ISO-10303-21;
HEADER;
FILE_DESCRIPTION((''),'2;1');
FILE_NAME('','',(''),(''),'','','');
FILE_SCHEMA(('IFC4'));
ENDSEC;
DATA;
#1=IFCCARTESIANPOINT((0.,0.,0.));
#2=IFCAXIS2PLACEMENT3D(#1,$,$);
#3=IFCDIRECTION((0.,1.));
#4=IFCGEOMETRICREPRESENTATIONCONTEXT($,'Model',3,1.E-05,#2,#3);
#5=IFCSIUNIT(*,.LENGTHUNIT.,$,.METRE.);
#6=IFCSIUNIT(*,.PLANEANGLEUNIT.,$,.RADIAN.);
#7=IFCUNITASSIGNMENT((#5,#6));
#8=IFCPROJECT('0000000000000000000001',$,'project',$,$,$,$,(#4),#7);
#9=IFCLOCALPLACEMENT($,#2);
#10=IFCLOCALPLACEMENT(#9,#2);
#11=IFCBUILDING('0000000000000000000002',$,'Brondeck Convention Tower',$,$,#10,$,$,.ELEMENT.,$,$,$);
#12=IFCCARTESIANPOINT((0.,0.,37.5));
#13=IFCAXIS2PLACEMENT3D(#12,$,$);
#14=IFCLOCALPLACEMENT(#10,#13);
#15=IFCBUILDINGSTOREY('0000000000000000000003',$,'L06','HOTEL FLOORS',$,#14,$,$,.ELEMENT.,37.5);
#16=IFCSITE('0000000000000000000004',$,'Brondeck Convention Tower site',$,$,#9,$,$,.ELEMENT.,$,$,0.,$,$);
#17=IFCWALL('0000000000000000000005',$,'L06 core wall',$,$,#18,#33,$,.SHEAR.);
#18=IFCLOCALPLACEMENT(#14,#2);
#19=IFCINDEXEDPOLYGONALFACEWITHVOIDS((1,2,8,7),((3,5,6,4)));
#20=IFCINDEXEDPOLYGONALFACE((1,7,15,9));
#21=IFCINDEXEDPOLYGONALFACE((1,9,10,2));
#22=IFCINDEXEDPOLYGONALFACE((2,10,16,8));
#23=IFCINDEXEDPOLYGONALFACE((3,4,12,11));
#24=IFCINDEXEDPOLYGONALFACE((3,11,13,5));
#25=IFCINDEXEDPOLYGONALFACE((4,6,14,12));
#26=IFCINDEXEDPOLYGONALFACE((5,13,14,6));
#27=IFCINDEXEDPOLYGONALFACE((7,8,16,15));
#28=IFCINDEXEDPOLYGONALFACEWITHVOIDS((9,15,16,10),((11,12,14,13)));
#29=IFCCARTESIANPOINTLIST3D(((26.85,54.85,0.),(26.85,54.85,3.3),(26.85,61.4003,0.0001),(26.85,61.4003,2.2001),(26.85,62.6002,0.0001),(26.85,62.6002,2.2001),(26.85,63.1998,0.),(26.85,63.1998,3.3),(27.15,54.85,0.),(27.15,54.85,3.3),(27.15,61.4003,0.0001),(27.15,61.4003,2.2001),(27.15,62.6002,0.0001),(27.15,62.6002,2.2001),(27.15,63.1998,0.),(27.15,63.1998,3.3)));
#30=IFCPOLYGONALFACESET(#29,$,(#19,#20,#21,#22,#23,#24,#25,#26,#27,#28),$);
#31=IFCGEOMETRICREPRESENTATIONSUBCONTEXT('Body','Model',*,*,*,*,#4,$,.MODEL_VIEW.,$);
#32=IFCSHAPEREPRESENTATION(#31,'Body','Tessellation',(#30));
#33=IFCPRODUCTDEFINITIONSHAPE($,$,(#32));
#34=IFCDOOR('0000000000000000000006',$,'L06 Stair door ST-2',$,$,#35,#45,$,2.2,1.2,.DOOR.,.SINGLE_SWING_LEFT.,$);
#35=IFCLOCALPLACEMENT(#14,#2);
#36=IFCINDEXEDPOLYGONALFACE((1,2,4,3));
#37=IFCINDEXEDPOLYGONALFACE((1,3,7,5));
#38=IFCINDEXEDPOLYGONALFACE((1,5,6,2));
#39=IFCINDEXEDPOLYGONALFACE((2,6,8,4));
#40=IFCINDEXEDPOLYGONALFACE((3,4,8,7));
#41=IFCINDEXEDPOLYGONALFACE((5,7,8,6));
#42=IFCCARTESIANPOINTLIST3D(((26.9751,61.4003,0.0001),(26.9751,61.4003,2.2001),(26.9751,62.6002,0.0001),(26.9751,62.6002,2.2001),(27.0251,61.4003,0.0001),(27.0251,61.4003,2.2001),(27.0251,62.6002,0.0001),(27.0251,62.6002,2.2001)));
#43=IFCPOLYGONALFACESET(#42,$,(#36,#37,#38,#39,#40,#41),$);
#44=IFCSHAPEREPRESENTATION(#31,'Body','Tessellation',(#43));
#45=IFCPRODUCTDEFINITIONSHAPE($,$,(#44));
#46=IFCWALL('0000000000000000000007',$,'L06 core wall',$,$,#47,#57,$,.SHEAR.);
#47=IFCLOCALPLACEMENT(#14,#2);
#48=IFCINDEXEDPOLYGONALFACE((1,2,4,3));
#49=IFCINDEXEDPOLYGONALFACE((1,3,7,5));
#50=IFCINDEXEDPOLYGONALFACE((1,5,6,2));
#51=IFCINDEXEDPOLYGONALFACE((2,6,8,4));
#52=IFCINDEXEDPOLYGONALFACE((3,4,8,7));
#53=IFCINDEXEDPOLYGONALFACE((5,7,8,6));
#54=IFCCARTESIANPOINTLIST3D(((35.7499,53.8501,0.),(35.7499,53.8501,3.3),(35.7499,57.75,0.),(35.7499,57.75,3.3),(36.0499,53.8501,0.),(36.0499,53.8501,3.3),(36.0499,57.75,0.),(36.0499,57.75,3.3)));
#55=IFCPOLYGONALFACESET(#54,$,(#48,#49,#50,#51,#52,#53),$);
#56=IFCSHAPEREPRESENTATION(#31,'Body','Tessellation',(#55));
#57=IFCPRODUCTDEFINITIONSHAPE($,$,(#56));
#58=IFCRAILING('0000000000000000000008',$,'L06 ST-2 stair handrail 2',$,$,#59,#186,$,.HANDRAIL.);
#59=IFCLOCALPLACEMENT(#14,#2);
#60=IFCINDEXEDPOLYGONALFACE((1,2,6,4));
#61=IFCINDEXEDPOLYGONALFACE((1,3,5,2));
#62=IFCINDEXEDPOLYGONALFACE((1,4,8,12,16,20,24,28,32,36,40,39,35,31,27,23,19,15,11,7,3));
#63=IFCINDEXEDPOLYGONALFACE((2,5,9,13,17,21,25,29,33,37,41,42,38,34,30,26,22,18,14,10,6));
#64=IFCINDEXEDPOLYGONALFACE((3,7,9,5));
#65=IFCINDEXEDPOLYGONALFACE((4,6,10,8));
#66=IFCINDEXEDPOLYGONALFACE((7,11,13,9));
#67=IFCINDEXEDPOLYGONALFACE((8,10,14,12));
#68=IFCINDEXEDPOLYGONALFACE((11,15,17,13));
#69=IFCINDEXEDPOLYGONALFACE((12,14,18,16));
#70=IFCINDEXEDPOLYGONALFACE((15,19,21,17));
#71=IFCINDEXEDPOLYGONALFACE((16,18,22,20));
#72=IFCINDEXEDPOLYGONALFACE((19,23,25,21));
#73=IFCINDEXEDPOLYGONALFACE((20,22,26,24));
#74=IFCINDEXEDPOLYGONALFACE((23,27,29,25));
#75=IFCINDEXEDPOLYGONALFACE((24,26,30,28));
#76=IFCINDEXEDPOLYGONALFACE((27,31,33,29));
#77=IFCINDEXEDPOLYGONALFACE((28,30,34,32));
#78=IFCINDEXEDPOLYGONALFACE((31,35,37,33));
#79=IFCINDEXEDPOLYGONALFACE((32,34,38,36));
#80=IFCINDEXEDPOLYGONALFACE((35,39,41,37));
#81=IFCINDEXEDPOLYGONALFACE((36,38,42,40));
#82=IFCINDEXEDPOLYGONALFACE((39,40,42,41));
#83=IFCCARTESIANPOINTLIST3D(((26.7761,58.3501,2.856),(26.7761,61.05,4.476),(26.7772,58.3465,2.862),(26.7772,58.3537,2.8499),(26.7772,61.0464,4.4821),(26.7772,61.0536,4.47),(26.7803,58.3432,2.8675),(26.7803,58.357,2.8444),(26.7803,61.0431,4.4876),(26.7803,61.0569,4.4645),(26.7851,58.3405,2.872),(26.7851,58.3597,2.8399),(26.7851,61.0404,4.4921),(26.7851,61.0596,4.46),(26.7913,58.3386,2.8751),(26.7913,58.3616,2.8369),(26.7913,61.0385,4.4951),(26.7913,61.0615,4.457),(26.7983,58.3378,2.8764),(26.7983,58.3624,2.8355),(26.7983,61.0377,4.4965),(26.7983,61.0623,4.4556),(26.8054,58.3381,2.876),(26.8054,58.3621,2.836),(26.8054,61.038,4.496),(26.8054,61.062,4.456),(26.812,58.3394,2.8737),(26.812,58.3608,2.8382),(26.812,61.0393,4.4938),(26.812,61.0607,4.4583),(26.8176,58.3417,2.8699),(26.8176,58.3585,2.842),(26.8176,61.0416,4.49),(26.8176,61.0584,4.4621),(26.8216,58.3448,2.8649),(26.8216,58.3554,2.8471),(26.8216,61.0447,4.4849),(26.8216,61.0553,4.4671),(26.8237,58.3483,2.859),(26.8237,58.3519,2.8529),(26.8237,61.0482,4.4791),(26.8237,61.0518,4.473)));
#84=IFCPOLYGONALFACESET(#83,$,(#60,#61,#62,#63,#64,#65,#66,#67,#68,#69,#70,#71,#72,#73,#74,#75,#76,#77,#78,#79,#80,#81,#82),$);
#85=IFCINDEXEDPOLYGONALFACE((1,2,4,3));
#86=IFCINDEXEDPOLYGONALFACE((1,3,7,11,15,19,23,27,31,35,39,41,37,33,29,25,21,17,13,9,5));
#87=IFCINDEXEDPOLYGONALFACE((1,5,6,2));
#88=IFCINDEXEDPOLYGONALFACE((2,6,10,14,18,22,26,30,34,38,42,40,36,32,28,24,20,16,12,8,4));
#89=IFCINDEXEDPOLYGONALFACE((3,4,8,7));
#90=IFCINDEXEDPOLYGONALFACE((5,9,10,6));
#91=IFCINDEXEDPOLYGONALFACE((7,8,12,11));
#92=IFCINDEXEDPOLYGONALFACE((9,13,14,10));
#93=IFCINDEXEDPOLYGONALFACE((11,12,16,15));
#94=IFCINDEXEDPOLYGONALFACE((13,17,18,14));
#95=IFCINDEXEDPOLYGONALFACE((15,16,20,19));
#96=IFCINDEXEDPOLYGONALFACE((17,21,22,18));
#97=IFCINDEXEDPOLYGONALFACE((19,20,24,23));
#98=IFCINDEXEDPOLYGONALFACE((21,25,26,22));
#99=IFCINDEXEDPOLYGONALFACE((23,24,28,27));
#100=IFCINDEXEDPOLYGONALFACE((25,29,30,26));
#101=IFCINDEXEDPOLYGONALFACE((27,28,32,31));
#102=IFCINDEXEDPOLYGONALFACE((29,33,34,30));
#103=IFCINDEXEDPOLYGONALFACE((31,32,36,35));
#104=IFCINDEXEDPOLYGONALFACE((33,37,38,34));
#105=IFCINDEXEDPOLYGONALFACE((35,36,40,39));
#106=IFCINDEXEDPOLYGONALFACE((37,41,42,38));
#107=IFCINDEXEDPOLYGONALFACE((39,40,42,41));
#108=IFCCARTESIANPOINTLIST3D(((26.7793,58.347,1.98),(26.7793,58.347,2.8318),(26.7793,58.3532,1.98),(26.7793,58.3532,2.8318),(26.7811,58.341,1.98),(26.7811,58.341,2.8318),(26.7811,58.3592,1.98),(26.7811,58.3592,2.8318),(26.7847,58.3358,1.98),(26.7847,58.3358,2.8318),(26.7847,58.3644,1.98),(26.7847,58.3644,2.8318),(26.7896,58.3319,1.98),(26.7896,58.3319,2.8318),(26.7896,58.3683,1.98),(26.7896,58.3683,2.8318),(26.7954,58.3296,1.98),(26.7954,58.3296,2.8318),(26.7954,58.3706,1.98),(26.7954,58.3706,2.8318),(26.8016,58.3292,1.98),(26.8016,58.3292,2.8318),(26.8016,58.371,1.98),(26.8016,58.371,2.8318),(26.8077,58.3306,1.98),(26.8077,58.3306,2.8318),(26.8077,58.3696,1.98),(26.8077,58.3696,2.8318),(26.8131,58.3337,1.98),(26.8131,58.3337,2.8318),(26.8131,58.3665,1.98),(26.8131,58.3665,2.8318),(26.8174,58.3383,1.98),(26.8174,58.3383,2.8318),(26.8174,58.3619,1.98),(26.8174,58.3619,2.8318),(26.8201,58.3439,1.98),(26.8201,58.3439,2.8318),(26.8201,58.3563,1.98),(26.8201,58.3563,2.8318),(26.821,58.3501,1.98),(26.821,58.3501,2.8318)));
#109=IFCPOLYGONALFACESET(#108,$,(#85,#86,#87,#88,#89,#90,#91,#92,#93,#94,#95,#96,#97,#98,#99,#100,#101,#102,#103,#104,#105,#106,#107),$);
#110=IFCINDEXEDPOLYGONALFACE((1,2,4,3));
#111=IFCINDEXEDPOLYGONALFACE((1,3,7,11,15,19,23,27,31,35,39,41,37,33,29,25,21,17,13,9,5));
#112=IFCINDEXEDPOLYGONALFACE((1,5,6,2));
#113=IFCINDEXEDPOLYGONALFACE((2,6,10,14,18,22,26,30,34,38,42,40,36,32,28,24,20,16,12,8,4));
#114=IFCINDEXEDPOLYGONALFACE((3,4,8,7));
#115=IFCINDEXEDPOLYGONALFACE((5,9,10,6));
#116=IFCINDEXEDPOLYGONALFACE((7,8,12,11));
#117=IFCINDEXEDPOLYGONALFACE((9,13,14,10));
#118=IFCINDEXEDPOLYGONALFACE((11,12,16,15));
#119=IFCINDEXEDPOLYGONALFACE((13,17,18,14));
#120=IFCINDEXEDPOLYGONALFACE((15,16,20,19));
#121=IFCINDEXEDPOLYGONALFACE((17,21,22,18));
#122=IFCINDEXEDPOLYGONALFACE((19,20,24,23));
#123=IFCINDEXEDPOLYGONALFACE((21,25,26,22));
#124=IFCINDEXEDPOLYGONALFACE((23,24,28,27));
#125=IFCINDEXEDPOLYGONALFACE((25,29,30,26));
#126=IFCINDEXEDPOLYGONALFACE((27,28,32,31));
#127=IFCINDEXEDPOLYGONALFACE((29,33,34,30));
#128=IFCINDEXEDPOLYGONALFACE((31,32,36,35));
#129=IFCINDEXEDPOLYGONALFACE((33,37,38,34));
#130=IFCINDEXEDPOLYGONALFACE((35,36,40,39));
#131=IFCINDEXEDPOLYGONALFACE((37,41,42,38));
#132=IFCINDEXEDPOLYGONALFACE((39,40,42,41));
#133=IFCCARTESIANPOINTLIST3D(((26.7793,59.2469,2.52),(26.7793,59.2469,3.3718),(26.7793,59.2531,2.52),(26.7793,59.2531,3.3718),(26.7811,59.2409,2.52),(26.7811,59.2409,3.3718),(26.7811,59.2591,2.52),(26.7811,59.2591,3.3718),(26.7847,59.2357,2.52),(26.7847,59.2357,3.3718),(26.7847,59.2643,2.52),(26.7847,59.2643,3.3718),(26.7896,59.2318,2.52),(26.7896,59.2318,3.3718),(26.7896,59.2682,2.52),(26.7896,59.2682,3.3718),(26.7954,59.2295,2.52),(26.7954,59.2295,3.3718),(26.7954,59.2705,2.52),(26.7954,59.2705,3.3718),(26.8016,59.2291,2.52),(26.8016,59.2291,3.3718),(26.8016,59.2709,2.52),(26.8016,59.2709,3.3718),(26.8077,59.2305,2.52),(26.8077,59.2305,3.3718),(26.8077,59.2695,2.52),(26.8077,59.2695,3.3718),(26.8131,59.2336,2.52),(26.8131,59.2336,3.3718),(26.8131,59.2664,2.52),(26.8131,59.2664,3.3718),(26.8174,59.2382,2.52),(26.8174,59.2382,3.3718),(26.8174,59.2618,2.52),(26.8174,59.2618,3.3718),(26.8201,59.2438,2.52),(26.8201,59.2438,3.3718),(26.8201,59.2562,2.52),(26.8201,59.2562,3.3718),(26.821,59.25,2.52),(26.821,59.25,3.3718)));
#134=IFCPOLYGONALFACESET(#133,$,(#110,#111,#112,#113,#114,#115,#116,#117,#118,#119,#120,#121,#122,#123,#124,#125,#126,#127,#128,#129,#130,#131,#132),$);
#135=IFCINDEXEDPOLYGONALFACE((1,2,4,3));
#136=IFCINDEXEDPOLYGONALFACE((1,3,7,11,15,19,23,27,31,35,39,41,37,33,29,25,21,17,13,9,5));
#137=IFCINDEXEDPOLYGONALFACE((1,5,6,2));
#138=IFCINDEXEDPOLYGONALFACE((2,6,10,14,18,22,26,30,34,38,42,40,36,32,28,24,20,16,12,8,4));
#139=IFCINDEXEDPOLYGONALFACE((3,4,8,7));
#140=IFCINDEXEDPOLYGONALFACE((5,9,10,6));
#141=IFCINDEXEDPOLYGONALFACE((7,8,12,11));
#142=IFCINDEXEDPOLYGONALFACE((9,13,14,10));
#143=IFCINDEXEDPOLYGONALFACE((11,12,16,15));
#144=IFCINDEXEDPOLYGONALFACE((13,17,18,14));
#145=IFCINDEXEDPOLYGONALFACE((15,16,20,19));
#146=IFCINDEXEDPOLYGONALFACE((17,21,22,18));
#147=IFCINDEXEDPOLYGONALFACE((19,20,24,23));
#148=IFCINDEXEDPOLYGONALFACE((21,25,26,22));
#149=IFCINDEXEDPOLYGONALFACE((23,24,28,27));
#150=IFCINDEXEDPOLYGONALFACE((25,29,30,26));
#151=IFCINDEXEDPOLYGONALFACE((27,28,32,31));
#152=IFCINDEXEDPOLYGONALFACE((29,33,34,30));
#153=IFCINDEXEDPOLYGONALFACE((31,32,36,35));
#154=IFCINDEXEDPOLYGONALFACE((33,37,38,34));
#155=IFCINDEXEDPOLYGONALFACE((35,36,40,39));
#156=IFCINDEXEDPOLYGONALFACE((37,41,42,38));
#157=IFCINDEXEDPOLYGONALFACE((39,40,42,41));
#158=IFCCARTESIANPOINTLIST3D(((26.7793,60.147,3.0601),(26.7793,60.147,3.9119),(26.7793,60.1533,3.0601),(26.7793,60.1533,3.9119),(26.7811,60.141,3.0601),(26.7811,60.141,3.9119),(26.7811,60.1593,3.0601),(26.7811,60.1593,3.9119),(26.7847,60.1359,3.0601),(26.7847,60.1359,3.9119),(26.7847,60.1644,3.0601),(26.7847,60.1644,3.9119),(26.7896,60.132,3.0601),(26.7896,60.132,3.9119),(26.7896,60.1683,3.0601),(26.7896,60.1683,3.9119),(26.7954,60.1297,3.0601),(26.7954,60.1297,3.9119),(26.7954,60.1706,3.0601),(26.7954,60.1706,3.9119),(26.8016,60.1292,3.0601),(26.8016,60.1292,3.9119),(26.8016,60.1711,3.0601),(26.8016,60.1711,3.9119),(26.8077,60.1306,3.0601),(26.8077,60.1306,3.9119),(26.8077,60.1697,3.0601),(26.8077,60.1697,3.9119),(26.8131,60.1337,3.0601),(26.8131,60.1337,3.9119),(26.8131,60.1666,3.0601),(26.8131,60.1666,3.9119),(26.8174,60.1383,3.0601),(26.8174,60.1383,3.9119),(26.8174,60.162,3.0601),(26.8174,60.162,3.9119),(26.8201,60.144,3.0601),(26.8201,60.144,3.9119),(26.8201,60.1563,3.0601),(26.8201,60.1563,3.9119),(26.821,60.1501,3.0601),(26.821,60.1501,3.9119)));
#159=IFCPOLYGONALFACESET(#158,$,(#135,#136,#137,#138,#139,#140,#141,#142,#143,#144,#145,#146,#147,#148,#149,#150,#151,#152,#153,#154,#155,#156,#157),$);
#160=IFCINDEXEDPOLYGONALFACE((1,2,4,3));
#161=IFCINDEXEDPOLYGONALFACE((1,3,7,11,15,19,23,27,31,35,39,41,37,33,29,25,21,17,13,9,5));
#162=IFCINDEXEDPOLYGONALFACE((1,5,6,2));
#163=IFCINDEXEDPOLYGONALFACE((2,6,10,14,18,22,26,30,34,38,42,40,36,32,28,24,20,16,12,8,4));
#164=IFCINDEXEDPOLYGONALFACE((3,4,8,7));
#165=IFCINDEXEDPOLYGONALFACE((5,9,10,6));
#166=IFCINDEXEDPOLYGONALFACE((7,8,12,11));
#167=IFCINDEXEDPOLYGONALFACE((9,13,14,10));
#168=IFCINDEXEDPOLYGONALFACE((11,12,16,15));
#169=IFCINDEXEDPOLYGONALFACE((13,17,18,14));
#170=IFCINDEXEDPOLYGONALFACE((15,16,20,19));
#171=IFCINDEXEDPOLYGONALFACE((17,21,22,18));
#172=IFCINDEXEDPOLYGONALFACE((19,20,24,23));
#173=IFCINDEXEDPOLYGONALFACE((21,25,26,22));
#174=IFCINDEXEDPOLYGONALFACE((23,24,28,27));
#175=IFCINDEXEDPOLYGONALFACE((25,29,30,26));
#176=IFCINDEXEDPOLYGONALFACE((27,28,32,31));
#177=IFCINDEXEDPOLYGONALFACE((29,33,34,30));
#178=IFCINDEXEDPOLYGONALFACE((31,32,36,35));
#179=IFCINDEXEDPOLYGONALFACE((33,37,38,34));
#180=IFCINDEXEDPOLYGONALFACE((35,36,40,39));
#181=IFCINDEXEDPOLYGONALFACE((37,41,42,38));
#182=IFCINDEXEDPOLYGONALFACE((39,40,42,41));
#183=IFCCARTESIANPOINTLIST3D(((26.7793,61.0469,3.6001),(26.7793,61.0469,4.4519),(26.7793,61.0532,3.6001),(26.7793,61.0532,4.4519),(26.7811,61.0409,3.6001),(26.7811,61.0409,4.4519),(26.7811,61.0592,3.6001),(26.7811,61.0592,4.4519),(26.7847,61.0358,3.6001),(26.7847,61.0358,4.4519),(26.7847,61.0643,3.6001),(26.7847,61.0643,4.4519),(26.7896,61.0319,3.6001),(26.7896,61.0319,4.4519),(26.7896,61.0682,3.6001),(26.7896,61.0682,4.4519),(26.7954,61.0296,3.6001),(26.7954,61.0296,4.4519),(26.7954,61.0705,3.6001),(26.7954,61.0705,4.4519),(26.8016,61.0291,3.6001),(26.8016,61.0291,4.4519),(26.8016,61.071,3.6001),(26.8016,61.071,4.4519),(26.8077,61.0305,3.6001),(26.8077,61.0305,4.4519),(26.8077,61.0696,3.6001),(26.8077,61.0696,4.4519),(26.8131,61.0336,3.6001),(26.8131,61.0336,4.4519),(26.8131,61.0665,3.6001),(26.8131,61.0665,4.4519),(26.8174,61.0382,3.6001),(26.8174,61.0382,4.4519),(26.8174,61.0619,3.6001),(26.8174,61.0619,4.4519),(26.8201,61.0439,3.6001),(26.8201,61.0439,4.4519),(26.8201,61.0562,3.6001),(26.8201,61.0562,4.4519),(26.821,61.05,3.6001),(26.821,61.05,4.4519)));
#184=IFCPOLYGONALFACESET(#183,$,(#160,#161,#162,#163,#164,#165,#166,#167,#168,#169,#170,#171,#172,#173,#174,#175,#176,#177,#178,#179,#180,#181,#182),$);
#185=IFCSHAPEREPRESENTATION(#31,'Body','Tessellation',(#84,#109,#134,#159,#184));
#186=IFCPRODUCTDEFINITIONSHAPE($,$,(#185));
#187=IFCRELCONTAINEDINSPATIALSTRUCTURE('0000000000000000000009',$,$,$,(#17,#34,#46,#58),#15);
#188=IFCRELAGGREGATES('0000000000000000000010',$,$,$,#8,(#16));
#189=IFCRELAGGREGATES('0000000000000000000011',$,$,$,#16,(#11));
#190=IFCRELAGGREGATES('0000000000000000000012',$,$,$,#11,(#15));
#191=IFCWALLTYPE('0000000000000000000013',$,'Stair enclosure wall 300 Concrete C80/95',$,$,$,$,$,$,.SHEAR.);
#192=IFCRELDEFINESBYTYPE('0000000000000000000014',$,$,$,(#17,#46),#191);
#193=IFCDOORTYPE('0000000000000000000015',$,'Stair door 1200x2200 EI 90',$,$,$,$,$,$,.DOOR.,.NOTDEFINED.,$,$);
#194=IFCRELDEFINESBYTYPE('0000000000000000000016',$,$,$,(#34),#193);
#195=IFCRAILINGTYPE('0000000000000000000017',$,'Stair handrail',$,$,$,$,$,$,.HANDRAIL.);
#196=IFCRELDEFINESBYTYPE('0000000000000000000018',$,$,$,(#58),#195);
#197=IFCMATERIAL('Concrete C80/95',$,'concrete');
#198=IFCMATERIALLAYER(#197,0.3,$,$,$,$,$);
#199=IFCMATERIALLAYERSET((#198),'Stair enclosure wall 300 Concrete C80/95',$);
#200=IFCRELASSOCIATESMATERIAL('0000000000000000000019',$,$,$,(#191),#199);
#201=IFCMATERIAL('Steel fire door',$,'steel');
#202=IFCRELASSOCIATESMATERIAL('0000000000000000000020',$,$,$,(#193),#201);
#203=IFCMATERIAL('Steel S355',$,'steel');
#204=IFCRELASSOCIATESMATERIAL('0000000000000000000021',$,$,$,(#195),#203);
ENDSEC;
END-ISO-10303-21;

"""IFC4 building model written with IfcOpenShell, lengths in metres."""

from ifc_helpers import new_model, si_unit, direction, frame, frame_2d, origin, origin_2d, place, context, subcontext, project, spatial, rectangle, circle, extrude, material, layer, layer_set, type_object, element, fill, save


model = new_model("IFC4")

# Units and contexts
model_context = context("Model", 3, precision=1e-05, world=origin(), true_north=direction((0.0, 1.0)))
body_context = subcontext(model_context, "Body", "Model", "MODEL_VIEW")
ifc_project = project(units=[si_unit("LENGTHUNIT", "METRE"), si_unit("PLANEANGLEUNIT", "RADIAN")], contexts=[model_context])

# Site, building, storey
site_placement = place(None, origin())
site = spatial("IfcSite", under=ifc_project, at=site_placement, Name="Brondeck Convention Tower site", CompositionType="ELEMENT", RefElevation=0.0)
building_placement = place(site_placement, origin())
building = spatial("IfcBuilding", under=site, at=building_placement, Name="Brondeck Convention Tower", CompositionType="ELEMENT")
storey_placement = place(building_placement, frame((0.0, 0.0, 37.5)))
storey = spatial("IfcBuildingStorey", under=building, at=storey_placement, Name="L06", Description="HOTEL FLOORS", CompositionType="ELEMENT", Elevation=37.5)

# Shared definitions
ifc_material_1 = material(Name="Concrete C80/95", Category="concrete")

# Wall, opening, door
ifc_layer_1 = layer(ifc_material_1, 0.3)
ifc_layer_set_1 = layer_set([ifc_layer_1], Name="Stair enclosure wall 300 Concrete C80/95")
wall_type_1 = type_object("IfcWallType", Name="Stair enclosure wall 300 Concrete C80/95", PredefinedType="SHEAR", material=ifc_layer_set_1)
ifc_material_2 = material(Name="Steel fire door", Category="steel")
door_type_1 = type_object("IfcDoorType", Name="Stair door 1200x2200 EI 90", OperationType="NOTDEFINED", PredefinedType="DOOR", material=ifc_material_2)
wall_1_placement = place(storey_placement, frame((27.0, 54.8501, 0.0), z_axis=(0.0, 0.0, 1.0), x_axis=(0.0, 1.0, 0.0)))
wall_1 = element("IfcWall", 1, at=wall_1_placement, inside=storey, type_object=wall_type_1, Name="L06 core wall", PredefinedType="SHEAR", context=body_context, shape_type="SweptSolid", body=[
    extrude(rectangle(XDim=8.3499, YDim=0.3, at=frame_2d((4.1748, 0.0))), origin(), (0.0, 0.0, 1.0), 3.3),
])
opening_1_placement = place(wall_1_placement, frame((6.55, 0.0, 0.0)))
opening_1 = element("IfcOpeningElement", 2, at=opening_1_placement, cuts=wall_1, PredefinedType="OPENING", context=body_context, shape_type="SweptSolid", body=[
    extrude(rectangle(XDim=1.2, YDim=2.2, at=frame_2d((0.6001, 1.1001))), frame((0.0, 0.1599, 0.0), z_axis=(0.0, -1.0, 0.0), x_axis=(1.0, 0.0, 0.0)), (0.0, 0.0, 1.0), 0.3201),
])
door_1_placement = place(opening_1_placement, origin())
door_1 = element("IfcDoor", 3, at=door_1_placement, inside=storey, type_object=door_type_1, Name="L06 Stair door ST-2", OperationType="SINGLE_SWING_LEFT", OverallHeight=2.2, OverallWidth=1.2, PredefinedType="DOOR", context=body_context, shape_type="SweptSolid", body=[
    extrude(rectangle(XDim=1.2, YDim=2.2, at=frame_2d((0.6001, 1.1001))), frame((0.0, 0.0249, 0.0), z_axis=(0.0, -1.0, 0.0), x_axis=(1.0, 0.0, 0.0)), (0.0, 0.0, 1.0), 0.05),
])
fill(opening_1, door_1)

# Wall
wall_2_placement = place(storey_placement, frame((35.8999, 53.8501, 0.0), z_axis=(0.0, 0.0, 1.0), x_axis=(0.0, 1.0, 0.0)))
element("IfcWall", 4, at=wall_2_placement, inside=storey, type_object=wall_type_1, Name="L06 core wall", PredefinedType="SHEAR", context=body_context, shape_type="SweptSolid", body=[
    extrude(rectangle(XDim=3.8999, YDim=0.3, at=frame_2d((1.95, 0.0))), origin(), (0.0, 0.0, 1.0), 3.3),
])

# Railing
ifc_material_3 = material(Name="Steel S355", Category="steel")
railing_type = type_object("IfcRailingType", Name="Stair handrail", PredefinedType="HANDRAIL", material=ifc_material_3)
railing_placement = place(storey_placement, frame((26.8, 58.3501, 1.98)))
element("IfcRailing", 5, at=railing_placement, inside=storey, type_object=railing_type, Name="L06 ST-2 stair handrail 2", PredefinedType="HANDRAIL", context=body_context, shape_type="SweptSolid", body=[
    extrude(circle(Radius=0.0239, at=origin_2d()), frame((0.0, 0.0, 0.876), z_axis=(0.0, 0.857472, 0.51453), x_axis=(-1.0, 0.0, 0.0)), (0.0, 0.0, 1.0), 3.1487),
    extrude(circle(Radius=0.021, at=origin_2d()), origin(), (0.0, 0.0, 1.0), 0.8518),
    extrude(circle(Radius=0.021, at=origin_2d()), frame((0.0, 0.8999, 0.54)), (0.0, 0.0, 1.0), 0.8518),
    extrude(circle(Radius=0.021, at=origin_2d()), frame((0.0, 1.8, 1.0801)), (0.0, 0.0, 1.0), 0.8518),
    extrude(circle(Radius=0.021, at=origin_2d()), frame((0.0, 2.7, 1.6201)), (0.0, 0.0, 1.0), 0.8518),
])

save(model, "model.ifc")
